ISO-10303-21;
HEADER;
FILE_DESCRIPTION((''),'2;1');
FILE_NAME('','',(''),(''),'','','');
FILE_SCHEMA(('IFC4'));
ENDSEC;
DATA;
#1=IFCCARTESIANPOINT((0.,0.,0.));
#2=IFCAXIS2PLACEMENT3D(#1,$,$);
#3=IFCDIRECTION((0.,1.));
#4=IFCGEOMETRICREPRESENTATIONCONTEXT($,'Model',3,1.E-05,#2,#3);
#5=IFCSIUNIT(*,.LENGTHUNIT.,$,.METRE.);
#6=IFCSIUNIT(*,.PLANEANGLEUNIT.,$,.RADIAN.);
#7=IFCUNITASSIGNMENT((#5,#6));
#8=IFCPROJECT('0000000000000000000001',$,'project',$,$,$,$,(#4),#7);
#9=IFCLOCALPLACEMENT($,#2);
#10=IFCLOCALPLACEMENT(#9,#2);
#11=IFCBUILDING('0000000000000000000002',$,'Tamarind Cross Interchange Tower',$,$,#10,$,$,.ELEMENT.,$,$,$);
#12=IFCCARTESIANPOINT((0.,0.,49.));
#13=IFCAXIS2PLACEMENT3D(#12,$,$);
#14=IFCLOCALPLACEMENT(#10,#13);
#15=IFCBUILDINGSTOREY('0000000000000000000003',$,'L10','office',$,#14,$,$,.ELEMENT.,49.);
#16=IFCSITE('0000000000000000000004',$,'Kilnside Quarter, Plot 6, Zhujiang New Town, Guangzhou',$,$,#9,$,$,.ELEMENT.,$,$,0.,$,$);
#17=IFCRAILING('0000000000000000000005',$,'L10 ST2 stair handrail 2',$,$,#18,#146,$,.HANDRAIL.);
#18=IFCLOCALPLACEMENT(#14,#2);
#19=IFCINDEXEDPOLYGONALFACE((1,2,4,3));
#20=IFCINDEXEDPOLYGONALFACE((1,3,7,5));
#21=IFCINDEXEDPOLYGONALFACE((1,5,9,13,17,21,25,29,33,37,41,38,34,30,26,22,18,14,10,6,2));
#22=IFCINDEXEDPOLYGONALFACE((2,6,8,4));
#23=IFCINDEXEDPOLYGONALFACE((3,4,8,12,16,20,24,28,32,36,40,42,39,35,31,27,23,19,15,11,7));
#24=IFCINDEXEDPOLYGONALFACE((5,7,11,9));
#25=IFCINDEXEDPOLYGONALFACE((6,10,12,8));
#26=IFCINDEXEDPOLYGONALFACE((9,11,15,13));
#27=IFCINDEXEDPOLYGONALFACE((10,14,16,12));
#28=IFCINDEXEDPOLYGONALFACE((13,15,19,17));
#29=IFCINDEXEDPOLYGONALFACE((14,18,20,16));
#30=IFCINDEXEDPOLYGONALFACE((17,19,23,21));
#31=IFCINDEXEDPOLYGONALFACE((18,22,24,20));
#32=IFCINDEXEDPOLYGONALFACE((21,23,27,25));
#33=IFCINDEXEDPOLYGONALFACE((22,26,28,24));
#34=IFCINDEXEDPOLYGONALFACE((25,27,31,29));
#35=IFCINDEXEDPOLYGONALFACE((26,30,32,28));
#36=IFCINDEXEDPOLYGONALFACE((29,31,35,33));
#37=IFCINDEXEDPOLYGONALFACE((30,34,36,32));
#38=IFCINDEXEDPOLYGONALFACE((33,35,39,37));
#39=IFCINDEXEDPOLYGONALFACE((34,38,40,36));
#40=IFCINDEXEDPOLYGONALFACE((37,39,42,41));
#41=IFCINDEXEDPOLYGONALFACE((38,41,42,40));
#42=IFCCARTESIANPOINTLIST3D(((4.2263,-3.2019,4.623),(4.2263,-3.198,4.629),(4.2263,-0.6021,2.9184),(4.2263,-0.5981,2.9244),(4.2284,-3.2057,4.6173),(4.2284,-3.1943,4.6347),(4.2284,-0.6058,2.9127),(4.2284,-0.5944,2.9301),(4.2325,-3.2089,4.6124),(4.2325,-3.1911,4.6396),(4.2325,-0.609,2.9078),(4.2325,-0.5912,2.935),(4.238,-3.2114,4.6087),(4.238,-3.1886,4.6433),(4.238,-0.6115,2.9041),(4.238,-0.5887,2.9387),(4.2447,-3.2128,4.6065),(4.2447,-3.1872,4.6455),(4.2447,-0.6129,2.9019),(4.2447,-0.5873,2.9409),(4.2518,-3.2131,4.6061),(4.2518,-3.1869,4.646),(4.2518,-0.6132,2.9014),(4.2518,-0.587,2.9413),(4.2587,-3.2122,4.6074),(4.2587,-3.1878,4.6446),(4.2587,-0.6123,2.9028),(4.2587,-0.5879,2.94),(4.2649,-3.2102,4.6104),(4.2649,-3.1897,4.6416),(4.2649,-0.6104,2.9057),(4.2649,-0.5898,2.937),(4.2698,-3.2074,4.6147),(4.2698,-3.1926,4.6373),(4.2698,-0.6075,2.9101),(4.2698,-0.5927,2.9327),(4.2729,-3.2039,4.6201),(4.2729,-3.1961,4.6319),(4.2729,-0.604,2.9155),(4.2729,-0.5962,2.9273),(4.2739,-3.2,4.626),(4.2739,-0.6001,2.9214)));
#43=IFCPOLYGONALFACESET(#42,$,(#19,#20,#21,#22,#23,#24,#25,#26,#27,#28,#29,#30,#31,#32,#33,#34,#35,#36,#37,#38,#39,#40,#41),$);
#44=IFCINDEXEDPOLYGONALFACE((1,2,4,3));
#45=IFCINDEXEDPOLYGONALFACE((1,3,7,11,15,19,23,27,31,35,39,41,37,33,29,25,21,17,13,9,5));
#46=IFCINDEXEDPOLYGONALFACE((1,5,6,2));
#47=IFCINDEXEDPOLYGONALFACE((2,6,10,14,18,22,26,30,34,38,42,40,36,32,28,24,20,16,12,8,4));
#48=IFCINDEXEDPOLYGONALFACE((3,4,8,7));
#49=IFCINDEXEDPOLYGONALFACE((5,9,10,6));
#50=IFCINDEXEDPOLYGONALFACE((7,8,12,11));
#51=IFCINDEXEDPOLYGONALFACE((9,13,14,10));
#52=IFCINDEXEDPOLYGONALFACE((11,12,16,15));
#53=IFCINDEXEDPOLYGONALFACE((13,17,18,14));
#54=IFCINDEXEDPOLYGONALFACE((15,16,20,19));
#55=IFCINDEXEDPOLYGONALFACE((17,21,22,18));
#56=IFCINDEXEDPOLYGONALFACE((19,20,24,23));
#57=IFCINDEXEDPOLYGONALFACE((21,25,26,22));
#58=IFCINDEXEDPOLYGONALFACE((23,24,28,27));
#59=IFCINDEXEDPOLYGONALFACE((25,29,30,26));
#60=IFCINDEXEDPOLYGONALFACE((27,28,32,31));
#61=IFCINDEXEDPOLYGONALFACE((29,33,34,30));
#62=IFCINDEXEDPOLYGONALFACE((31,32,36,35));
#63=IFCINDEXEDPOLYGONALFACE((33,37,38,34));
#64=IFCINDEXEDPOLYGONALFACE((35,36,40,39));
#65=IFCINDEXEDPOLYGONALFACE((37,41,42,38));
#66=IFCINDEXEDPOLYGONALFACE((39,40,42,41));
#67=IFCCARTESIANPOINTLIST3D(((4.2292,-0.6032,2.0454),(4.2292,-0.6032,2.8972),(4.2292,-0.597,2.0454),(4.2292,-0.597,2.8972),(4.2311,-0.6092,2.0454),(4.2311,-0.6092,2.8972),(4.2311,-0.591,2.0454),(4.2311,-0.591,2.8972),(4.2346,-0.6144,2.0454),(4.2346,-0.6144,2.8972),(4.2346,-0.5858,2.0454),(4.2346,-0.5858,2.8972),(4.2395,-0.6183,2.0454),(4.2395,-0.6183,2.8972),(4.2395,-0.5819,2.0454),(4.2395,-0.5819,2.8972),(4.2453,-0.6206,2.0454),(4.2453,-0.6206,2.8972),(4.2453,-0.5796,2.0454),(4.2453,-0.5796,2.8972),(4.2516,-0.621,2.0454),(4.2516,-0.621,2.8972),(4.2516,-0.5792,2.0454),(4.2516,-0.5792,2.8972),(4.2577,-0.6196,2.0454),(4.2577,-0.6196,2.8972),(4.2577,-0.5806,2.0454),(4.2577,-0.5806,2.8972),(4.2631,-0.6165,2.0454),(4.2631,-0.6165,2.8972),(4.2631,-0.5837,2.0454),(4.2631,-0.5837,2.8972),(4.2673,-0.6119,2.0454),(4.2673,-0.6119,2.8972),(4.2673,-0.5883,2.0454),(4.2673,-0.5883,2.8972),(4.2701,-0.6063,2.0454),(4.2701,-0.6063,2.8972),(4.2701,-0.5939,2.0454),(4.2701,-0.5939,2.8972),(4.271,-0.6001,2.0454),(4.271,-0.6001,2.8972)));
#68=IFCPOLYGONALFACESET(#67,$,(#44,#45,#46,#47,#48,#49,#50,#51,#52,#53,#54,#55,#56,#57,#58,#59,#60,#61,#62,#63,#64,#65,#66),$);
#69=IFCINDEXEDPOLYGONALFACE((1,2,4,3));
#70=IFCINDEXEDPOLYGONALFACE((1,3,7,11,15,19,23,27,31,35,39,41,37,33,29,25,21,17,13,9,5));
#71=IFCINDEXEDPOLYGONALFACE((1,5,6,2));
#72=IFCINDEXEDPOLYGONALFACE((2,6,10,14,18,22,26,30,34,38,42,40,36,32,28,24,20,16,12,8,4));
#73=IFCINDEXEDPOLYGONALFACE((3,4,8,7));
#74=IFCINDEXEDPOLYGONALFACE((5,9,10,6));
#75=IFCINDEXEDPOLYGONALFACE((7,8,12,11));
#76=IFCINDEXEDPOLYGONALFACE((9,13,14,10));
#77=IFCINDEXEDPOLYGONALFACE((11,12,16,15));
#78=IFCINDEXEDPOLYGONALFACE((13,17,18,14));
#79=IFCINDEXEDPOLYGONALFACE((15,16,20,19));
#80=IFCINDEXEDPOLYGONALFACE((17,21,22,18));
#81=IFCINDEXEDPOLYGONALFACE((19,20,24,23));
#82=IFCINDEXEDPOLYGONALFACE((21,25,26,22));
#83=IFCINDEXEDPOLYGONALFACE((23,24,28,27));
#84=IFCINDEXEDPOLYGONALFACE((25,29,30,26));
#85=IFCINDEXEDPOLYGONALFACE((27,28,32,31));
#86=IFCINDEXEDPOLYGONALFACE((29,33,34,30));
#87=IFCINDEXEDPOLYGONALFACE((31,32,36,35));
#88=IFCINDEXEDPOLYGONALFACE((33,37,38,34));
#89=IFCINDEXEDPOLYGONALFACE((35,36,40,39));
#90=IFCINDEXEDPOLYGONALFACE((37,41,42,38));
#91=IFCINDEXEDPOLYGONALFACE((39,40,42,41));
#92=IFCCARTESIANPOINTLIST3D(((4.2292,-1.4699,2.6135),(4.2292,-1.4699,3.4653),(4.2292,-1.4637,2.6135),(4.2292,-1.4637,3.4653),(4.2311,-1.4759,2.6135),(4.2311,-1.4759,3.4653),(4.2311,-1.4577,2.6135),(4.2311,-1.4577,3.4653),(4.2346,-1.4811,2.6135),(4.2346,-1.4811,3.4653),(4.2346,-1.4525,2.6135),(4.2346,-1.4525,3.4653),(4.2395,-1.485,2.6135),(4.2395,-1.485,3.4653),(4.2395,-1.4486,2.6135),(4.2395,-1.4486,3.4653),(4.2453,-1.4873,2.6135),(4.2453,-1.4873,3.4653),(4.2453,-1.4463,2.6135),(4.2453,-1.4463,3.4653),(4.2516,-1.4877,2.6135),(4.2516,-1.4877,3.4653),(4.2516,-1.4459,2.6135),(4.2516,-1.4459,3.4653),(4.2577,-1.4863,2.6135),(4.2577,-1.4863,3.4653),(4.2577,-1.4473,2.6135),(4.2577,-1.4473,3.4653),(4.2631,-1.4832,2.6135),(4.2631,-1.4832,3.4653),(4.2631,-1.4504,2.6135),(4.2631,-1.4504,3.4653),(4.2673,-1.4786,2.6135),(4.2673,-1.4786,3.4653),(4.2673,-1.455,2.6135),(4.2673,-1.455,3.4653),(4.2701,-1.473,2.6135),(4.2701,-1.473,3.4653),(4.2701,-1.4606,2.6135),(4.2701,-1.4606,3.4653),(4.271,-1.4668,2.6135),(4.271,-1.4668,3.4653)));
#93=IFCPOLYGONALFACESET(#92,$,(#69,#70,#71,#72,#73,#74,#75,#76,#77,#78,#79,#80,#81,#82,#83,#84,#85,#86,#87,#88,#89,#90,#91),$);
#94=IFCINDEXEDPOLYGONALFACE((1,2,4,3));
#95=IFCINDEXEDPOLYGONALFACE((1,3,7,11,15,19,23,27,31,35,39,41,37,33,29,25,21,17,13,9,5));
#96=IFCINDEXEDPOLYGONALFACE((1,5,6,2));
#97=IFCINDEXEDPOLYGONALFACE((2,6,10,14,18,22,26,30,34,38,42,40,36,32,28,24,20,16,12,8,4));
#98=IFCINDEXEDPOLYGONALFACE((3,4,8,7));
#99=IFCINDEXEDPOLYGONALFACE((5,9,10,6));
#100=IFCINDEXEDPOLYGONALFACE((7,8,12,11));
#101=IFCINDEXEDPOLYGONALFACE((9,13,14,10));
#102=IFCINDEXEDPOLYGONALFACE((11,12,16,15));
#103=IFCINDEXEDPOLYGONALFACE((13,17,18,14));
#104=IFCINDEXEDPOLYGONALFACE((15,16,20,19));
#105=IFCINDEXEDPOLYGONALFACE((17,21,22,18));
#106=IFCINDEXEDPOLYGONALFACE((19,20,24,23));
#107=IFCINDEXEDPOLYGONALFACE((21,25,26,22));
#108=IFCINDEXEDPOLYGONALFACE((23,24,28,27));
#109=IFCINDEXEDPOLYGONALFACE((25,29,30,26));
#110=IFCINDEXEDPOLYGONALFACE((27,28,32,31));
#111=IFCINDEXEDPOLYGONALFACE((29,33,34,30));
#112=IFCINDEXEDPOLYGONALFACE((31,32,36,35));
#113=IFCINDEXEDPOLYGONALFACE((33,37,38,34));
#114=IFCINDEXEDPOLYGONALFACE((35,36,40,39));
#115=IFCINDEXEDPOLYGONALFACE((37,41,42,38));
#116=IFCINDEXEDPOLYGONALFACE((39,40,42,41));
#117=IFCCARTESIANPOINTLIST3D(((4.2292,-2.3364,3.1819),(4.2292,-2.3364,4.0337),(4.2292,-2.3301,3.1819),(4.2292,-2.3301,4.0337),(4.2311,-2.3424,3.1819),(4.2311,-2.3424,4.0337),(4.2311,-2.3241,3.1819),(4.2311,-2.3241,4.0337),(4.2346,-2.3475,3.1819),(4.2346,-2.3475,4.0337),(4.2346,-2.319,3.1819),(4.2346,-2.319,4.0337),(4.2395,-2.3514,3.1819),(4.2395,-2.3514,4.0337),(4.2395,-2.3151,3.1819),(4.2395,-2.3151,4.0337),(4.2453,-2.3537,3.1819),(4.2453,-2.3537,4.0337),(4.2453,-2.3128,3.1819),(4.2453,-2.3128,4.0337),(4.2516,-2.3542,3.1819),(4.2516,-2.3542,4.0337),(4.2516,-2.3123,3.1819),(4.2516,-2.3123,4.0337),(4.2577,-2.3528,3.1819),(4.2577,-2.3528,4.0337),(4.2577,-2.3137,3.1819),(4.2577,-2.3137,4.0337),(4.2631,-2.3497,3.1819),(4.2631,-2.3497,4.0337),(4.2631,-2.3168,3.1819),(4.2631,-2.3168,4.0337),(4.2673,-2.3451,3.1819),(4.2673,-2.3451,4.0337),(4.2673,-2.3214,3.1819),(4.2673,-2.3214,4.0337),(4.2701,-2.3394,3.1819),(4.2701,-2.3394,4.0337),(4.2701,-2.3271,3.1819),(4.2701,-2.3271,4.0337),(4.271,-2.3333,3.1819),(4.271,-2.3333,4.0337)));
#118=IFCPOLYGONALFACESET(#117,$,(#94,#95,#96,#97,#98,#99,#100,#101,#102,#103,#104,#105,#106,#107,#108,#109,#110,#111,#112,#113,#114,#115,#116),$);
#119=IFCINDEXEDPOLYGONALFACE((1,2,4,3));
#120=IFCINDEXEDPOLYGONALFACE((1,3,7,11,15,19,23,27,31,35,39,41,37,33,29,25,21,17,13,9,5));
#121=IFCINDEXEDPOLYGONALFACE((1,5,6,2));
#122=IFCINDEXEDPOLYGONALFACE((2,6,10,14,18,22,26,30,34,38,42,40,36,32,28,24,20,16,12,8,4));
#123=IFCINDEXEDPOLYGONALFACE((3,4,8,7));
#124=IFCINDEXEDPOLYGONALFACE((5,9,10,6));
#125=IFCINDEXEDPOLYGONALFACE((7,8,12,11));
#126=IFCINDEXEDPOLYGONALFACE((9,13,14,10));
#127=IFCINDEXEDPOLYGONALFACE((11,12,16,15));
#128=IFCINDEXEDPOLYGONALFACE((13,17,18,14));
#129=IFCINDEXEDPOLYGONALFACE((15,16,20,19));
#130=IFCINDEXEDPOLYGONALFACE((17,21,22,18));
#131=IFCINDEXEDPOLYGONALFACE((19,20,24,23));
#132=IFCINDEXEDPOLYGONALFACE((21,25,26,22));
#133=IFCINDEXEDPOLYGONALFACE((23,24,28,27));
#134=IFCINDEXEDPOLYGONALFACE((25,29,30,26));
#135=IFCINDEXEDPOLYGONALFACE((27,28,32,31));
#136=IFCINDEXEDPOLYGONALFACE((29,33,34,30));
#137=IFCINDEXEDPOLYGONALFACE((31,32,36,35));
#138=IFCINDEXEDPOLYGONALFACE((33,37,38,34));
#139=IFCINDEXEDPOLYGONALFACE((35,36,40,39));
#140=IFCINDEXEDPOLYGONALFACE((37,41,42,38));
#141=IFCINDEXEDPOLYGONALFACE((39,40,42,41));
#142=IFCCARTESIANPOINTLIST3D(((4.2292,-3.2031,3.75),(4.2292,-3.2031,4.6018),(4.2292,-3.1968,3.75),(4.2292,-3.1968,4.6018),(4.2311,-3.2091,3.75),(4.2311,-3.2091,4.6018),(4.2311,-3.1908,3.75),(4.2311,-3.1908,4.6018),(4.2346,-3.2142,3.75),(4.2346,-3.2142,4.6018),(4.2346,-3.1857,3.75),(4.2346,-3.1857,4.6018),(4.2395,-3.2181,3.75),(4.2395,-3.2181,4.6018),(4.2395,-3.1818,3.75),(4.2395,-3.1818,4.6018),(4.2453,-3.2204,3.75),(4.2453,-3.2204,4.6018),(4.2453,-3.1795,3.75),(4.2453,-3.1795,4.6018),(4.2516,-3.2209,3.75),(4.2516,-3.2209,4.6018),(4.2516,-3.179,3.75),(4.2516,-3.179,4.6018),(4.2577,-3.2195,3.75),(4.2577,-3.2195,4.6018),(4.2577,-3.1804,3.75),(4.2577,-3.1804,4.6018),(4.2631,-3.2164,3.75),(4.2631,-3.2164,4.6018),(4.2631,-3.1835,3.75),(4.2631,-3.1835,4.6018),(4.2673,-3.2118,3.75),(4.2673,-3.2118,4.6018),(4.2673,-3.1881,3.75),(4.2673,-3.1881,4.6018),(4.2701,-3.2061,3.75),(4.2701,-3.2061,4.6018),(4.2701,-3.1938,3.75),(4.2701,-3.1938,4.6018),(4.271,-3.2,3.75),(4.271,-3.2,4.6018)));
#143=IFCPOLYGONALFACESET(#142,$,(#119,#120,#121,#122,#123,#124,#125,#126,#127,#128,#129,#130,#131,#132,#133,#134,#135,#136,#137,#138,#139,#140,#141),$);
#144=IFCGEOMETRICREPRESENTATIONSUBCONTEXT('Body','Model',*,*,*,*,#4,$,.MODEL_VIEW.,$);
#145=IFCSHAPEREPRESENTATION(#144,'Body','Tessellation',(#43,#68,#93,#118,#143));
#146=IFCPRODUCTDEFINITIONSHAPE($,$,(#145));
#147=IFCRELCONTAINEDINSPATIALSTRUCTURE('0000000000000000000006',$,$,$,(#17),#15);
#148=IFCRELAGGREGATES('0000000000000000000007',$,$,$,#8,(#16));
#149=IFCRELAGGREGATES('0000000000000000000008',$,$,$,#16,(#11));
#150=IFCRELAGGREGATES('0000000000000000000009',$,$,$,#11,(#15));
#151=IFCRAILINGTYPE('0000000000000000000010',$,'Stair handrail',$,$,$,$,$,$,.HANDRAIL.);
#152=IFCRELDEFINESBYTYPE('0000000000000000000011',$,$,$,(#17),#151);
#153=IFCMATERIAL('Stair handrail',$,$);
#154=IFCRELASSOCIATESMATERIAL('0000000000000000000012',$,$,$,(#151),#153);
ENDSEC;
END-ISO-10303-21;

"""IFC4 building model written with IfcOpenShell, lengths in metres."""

from ifc_helpers import new_model, si_unit, direction, frame, origin, origin_2d, place, context, subcontext, project, spatial, circle, extrude, material, type_object, element, save


model = new_model("IFC4")

# Units and contexts
model_context = context("Model", 3, precision=1e-05, world=origin(), true_north=direction((0.0, 1.0)))
body_context = subcontext(model_context, "Body", "Model", "MODEL_VIEW")
ifc_project = project(units=[si_unit("LENGTHUNIT", "METRE"), si_unit("PLANEANGLEUNIT", "RADIAN")], contexts=[model_context])

# Site, building, storey
site_placement = place(None, origin())
site = spatial("IfcSite", under=ifc_project, at=site_placement, Name="Kilnside Quarter, Plot 6, Zhujiang New Town, Guangzhou", CompositionType="ELEMENT", RefElevation=0.0)
building_placement = place(site_placement, origin())
building = spatial("IfcBuilding", under=site, at=building_placement, Name="Tamarind Cross Interchange Tower", CompositionType="ELEMENT")
storey_placement = place(building_placement, frame((0.0, 0.0, 49.0)))
storey = spatial("IfcBuildingStorey", under=building, at=storey_placement, Name="L10", Description="office", CompositionType="ELEMENT", Elevation=49.0)

# Railing
ifc_material_1 = material(Name="Stair handrail")
railing_type_1 = type_object("IfcRailingType", Name="Stair handrail", PredefinedType="HANDRAIL", material=ifc_material_1)
railing_1_placement = place(storey_placement, frame((4.25, -0.6001, 2.0454)))
element("IfcRailing", 1, at=railing_1_placement, inside=storey, type_object=railing_type_1, Name="L10 ST2 stair handrail 2", PredefinedType="HANDRAIL", context=body_context, shape_type="SweptSolid", body=[
    extrude(circle(Radius=0.0239, at=origin_2d()), frame((0.0, 0.0, 0.876), z_axis=(0.0, -0.836279, 0.548305), x_axis=(1.0, 0.0, 0.0)), (0.0, 0.0, 1.0), 3.1089),
    extrude(circle(Radius=0.021, at=origin_2d()), origin(), (0.0, 0.0, 1.0), 0.8518),
    extrude(circle(Radius=0.021, at=origin_2d()), frame((0.0, -0.8667, 0.5681)), (0.0, 0.0, 1.0), 0.8518),
    extrude(circle(Radius=0.021, at=origin_2d()), frame((0.0, -1.7332, 1.1365)), (0.0, 0.0, 1.0), 0.8518),
    extrude(circle(Radius=0.021, at=origin_2d()), frame((0.0, -2.5999, 1.7046)), (0.0, 0.0, 1.0), 0.8518),
])

save(model, "model.ifc")
